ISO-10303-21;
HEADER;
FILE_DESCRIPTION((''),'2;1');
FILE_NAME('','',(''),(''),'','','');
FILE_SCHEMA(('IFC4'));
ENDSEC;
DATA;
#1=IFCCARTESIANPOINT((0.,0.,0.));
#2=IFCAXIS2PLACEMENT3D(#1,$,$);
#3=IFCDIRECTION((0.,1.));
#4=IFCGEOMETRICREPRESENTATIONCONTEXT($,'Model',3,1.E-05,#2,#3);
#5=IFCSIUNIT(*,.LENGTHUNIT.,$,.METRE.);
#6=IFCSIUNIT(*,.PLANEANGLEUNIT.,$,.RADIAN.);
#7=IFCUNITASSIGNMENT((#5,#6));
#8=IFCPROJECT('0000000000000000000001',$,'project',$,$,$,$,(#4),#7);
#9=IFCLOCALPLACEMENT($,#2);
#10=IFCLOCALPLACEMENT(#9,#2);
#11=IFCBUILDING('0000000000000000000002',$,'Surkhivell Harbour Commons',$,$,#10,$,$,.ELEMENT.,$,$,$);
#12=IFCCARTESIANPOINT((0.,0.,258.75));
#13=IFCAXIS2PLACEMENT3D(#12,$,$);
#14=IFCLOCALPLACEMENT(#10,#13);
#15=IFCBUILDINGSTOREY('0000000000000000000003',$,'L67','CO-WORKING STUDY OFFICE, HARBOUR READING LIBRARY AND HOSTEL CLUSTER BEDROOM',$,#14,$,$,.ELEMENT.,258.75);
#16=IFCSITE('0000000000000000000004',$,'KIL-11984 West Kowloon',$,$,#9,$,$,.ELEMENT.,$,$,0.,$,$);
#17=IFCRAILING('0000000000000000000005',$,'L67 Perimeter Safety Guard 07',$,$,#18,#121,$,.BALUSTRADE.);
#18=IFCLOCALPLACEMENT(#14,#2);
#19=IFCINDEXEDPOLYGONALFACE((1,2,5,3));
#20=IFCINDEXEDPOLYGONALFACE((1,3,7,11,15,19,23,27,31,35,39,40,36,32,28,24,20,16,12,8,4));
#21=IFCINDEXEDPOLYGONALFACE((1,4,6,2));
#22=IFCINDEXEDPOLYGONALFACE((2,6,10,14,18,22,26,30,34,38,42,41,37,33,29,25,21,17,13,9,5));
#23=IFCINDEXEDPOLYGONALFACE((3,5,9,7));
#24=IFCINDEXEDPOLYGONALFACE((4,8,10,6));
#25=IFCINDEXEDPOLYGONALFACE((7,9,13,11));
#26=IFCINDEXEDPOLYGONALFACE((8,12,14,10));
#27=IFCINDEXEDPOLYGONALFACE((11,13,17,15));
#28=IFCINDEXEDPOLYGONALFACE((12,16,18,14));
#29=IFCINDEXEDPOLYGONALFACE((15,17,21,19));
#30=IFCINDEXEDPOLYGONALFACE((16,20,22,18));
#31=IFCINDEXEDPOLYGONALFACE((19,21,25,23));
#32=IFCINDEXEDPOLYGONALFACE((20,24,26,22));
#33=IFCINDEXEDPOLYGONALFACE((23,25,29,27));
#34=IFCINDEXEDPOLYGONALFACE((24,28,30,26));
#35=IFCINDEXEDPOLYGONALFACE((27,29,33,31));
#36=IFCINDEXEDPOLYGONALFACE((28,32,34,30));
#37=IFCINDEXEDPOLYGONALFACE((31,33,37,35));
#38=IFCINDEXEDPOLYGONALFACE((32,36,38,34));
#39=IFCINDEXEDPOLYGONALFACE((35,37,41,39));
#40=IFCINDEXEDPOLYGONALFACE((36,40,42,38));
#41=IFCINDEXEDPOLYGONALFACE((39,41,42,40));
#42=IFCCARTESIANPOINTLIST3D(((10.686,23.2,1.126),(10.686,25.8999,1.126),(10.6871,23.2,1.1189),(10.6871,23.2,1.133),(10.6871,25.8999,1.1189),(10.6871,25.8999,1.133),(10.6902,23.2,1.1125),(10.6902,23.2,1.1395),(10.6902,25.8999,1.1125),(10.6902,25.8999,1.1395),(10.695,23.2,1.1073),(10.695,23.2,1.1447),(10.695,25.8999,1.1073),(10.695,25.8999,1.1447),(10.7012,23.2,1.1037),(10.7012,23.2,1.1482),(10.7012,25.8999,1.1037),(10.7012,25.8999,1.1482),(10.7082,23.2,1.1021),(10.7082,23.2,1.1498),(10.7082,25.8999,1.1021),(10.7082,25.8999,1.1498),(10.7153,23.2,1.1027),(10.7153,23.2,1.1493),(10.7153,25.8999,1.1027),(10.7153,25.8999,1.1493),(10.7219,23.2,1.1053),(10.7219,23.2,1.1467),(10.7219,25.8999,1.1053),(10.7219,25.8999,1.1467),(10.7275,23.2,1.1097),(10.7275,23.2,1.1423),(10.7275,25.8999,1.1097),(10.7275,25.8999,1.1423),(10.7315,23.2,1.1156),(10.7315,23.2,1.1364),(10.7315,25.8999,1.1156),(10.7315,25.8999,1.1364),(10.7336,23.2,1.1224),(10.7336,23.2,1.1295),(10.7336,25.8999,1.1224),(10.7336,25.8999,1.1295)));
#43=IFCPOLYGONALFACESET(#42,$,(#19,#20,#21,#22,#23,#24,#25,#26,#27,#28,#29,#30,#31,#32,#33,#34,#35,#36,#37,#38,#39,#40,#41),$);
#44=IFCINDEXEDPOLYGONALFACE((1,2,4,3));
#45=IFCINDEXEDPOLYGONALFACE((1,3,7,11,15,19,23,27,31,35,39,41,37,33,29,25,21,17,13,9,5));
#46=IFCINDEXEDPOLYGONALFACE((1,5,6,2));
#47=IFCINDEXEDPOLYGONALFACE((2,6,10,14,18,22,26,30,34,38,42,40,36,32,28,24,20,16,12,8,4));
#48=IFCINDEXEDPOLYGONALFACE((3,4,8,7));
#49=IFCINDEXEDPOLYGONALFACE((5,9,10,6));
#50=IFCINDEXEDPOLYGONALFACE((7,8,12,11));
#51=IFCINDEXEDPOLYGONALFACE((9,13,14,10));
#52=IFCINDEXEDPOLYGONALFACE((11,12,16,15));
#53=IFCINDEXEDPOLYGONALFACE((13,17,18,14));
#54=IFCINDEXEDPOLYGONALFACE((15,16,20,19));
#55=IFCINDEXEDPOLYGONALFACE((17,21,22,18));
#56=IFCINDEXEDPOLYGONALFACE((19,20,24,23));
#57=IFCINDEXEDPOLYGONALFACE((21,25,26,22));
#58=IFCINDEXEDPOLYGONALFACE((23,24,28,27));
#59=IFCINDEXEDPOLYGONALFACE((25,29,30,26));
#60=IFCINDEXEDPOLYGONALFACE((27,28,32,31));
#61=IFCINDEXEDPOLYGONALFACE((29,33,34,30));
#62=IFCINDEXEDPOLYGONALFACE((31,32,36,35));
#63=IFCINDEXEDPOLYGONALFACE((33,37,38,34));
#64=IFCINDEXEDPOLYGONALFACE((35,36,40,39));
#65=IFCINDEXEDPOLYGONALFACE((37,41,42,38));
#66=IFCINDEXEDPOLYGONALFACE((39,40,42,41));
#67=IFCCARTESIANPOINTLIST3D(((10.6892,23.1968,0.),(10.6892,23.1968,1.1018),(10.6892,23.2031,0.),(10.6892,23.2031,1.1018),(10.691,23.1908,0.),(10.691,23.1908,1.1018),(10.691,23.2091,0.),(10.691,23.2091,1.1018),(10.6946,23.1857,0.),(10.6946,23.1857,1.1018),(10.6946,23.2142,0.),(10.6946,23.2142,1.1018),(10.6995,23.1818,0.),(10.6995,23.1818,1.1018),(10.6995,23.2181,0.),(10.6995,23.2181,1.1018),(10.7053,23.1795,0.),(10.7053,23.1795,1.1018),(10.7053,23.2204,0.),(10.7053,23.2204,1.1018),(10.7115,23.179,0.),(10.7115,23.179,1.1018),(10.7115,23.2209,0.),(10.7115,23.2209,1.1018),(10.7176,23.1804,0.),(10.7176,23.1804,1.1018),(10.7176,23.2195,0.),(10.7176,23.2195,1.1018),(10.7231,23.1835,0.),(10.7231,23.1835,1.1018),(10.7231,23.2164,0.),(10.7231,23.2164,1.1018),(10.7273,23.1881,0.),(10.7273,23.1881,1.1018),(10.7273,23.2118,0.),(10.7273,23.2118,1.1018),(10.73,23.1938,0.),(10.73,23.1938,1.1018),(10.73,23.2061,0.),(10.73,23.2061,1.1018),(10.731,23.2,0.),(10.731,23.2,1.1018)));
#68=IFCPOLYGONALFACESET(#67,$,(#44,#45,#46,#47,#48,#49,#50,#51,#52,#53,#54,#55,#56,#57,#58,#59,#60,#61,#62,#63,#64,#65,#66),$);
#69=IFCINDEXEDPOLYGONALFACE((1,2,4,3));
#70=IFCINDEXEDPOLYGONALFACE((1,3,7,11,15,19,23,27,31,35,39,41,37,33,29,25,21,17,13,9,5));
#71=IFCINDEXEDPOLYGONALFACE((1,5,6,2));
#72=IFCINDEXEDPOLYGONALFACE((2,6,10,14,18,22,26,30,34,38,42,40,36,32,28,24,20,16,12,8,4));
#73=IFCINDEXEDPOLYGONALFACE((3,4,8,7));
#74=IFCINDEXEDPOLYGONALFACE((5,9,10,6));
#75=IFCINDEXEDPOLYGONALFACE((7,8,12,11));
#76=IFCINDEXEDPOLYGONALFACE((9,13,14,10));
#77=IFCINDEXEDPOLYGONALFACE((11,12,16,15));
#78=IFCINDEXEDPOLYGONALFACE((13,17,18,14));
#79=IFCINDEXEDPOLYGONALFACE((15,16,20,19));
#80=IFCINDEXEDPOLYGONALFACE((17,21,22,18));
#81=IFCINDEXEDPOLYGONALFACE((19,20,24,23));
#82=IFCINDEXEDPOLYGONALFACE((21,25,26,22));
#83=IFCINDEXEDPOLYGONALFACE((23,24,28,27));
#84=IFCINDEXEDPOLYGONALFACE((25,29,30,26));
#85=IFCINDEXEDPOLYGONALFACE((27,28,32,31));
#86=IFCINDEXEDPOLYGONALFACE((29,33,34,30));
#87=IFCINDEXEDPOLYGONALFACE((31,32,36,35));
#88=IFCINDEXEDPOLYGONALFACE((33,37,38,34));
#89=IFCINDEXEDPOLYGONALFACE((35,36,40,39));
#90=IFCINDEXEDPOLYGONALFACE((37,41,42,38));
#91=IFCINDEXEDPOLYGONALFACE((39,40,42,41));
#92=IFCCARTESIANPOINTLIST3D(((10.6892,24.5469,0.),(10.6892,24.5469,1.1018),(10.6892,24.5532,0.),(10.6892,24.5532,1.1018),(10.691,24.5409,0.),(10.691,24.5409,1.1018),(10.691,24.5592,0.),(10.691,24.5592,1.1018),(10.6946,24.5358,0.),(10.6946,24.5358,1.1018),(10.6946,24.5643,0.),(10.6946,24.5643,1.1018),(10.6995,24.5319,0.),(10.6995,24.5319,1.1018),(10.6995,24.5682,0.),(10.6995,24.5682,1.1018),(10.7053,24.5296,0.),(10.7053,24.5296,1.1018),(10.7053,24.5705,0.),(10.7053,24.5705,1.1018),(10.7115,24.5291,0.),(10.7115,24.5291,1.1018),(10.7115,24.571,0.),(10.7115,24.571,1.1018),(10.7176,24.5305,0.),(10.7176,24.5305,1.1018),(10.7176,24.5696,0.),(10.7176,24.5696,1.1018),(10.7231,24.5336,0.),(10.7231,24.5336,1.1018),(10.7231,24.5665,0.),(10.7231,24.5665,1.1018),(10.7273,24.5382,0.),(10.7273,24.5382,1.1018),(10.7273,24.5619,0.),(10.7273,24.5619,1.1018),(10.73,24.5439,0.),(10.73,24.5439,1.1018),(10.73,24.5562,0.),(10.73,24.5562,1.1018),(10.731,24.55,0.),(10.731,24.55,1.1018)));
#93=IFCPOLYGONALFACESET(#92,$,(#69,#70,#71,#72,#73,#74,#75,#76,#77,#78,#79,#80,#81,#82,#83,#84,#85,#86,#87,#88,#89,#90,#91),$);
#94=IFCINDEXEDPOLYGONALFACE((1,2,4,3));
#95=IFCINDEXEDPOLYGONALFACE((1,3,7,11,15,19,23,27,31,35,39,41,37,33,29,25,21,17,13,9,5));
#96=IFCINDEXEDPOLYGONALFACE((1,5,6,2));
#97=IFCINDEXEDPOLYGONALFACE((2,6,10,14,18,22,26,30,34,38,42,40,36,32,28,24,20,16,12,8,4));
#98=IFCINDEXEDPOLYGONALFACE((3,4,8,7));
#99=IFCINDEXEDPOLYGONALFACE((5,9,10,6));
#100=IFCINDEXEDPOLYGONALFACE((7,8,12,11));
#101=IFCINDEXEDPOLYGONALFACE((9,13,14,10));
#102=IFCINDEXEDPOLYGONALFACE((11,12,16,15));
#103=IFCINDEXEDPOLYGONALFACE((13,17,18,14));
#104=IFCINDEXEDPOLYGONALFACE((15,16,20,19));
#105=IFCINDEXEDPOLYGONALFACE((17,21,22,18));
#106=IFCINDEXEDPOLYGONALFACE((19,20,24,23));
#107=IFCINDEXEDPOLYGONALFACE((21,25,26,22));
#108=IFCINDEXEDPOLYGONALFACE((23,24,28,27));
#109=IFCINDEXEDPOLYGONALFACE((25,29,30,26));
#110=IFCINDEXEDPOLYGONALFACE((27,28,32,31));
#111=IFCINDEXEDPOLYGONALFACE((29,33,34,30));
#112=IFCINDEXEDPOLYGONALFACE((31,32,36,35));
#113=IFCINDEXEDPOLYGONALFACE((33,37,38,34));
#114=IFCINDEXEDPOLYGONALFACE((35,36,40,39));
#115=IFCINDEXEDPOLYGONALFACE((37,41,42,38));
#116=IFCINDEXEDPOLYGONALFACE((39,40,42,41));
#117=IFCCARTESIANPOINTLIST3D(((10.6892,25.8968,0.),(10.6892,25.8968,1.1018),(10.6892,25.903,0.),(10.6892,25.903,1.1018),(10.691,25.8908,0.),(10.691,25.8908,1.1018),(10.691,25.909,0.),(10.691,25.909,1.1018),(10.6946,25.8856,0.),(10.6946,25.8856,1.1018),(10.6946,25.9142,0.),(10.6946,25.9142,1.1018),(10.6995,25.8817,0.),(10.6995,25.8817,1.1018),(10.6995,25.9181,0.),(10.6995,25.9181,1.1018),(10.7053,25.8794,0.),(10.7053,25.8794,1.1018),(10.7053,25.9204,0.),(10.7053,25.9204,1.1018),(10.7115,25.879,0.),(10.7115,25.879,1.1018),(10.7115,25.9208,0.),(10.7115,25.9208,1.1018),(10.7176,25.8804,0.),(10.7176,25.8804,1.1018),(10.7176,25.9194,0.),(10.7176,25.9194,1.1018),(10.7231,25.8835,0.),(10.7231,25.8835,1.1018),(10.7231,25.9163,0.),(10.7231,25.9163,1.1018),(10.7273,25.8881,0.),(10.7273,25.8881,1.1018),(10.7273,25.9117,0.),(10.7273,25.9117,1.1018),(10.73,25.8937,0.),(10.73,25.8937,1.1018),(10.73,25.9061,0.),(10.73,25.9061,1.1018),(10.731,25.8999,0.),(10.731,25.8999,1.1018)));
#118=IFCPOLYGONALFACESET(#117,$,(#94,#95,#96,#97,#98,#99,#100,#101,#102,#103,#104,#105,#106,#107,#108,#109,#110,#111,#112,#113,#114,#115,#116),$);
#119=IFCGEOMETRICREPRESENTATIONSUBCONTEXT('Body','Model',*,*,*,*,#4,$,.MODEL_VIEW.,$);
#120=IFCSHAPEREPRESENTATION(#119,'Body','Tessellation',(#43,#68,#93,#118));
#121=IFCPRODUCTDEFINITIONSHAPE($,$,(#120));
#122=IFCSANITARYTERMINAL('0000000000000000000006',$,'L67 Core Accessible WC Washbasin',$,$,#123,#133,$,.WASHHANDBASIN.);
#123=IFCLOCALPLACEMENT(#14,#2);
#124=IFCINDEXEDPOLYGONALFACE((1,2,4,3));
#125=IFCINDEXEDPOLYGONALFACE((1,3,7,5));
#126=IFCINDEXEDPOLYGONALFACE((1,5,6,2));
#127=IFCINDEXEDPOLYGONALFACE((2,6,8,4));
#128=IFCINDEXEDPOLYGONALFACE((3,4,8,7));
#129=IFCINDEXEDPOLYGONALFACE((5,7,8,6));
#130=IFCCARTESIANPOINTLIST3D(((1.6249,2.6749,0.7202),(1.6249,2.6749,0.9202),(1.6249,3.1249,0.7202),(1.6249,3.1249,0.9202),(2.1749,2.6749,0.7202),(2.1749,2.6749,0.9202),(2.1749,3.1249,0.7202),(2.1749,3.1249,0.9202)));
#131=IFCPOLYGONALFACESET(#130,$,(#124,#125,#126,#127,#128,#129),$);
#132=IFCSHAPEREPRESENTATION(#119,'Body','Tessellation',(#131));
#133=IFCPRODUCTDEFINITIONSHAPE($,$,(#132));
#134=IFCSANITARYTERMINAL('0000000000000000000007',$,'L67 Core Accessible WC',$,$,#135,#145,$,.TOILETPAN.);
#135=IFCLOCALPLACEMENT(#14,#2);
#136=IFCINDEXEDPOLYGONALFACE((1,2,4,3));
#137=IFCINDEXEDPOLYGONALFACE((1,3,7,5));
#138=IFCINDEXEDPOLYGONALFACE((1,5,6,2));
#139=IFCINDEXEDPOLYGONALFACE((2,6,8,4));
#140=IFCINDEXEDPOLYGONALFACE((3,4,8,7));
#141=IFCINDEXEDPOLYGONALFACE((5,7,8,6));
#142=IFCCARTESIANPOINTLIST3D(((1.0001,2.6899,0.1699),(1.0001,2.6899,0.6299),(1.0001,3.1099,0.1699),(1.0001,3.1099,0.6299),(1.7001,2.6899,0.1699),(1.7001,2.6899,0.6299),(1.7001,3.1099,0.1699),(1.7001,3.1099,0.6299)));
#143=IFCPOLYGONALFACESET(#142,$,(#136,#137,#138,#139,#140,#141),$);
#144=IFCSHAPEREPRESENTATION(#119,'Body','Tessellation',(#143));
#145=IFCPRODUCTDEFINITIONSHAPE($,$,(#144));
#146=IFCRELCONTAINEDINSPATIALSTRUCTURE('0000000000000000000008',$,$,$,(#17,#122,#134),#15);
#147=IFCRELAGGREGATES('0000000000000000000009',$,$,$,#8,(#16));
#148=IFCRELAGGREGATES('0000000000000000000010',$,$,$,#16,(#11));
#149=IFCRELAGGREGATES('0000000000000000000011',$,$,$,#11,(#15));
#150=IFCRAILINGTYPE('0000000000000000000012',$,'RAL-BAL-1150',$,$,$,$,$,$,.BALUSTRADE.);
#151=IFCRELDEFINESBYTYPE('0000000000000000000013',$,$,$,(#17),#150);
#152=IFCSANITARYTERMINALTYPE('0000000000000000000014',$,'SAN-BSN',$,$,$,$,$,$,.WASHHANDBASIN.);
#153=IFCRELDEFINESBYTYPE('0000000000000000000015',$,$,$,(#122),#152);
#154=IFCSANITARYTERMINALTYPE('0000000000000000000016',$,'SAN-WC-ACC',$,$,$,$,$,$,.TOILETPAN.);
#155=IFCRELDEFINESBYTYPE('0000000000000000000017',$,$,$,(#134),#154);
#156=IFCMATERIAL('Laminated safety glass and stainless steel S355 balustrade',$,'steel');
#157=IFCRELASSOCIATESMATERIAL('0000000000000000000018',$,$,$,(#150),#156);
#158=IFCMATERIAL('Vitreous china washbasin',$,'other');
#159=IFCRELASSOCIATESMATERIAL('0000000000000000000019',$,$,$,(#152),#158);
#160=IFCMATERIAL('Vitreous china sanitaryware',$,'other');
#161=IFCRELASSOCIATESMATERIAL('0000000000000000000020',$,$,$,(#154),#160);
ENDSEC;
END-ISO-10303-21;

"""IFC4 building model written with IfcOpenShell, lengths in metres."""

from ifc_helpers import new_model, si_unit, direction, frame, origin, origin_2d, place, context, subcontext, project, spatial, rectangle, circle, extrude, material, type_object, element, save


model = new_model("IFC4")

# Units and contexts
model_context = context("Model", 3, precision=1e-05, world=origin(), true_north=direction((0.0, 1.0)))
body_context = subcontext(model_context, "Body", "Model", "MODEL_VIEW")
ifc_project = project(units=[si_unit("LENGTHUNIT", "METRE"), si_unit("PLANEANGLEUNIT", "RADIAN")], contexts=[model_context])

# Site, building, storey
site_placement = place(None, origin())
site = spatial("IfcSite", under=ifc_project, at=site_placement, Name="KIL-11984 West Kowloon", CompositionType="ELEMENT", RefElevation=0.0)
building_placement = place(site_placement, origin())
building = spatial("IfcBuilding", under=site, at=building_placement, Name="Surkhivell Harbour Commons", CompositionType="ELEMENT")
storey_placement = place(building_placement, frame((0.0, 0.0, 258.75)))
storey = spatial("IfcBuildingStorey", under=building, at=storey_placement, Name="L67", Description="CO-WORKING STUDY OFFICE, HARBOUR READING LIBRARY AND HOSTEL CLUSTER BEDROOM", CompositionType="ELEMENT", Elevation=258.75)

# Railing
ifc_material_1 = material(Name="Laminated safety glass and stainless steel S355 balustrade", Category="steel")
railing_type = type_object("IfcRailingType", Name="RAL-BAL-1150", PredefinedType="BALUSTRADE", material=ifc_material_1)
railing_placement = place(storey_placement, frame((10.71, 23.2, 0.0)))
element("IfcRailing", 1, at=railing_placement, inside=storey, type_object=railing_type, Name="L67 Perimeter Safety Guard 07", PredefinedType="BALUSTRADE", context=body_context, shape_type="SweptSolid", body=[
    extrude(circle(Radius=0.0239, at=origin_2d()), frame((0.0, 0.0, 1.126), z_axis=(0.0, 1.0, 0.0), x_axis=(-1.0, 0.0, 0.0)), (0.0, 0.0, 1.0), 2.7),
    extrude(circle(Radius=0.021, at=origin_2d()), origin(), (0.0, 0.0, 1.0), 1.1018),
    extrude(circle(Radius=0.021, at=origin_2d()), frame((0.0, 1.3501, 0.0)), (0.0, 0.0, 1.0), 1.1018),
    extrude(circle(Radius=0.021, at=origin_2d()), frame((0.0, 2.7, 0.0)), (0.0, 0.0, 1.0), 1.1018),
])

# Sanitary terminals
ifc_material_2 = material(Name="Vitreous china washbasin", Category="other")
sanitary_terminal_type_1 = type_object("IfcSanitaryTerminalType", Name="SAN-BSN", PredefinedType="WASHHANDBASIN", material=ifc_material_2)
sanitary_terminal_1_placement = place(storey_placement, frame((1.8999, 2.8999, 0.7202), z_axis=(0.0, 0.0, 1.0), x_axis=(1.0, 0.0, 0.0)))
element("IfcSanitaryTerminal", 2, at=sanitary_terminal_1_placement, inside=storey, type_object=sanitary_terminal_type_1, Name="L67 Core Accessible WC Washbasin", PredefinedType="WASHHANDBASIN", context=body_context, shape_type="SweptSolid", body=[
    extrude(rectangle(XDim=0.55, YDim=0.45, at=origin_2d()), origin(), (0.0, 0.0, 1.0), 0.2),
])
ifc_material_3 = material(Name="Vitreous china sanitaryware", Category="other")
sanitary_terminal_type_2 = type_object("IfcSanitaryTerminalType", Name="SAN-WC-ACC", PredefinedType="TOILETPAN", material=ifc_material_3)
sanitary_terminal_2_placement = place(storey_placement, frame((1.3501, 2.8999, 0.1699), z_axis=(0.0, 0.0, 1.0), x_axis=(1.0, 0.0, 0.0)))
element("IfcSanitaryTerminal", 3, at=sanitary_terminal_2_placement, inside=storey, type_object=sanitary_terminal_type_2, Name="L67 Core Accessible WC", PredefinedType="TOILETPAN", context=body_context, shape_type="SweptSolid", body=[
    extrude(rectangle(XDim=0.7, YDim=0.4199, at=origin_2d()), origin(), (0.0, 0.0, 1.0), 0.46),
])

save(model, "model.ifc")
